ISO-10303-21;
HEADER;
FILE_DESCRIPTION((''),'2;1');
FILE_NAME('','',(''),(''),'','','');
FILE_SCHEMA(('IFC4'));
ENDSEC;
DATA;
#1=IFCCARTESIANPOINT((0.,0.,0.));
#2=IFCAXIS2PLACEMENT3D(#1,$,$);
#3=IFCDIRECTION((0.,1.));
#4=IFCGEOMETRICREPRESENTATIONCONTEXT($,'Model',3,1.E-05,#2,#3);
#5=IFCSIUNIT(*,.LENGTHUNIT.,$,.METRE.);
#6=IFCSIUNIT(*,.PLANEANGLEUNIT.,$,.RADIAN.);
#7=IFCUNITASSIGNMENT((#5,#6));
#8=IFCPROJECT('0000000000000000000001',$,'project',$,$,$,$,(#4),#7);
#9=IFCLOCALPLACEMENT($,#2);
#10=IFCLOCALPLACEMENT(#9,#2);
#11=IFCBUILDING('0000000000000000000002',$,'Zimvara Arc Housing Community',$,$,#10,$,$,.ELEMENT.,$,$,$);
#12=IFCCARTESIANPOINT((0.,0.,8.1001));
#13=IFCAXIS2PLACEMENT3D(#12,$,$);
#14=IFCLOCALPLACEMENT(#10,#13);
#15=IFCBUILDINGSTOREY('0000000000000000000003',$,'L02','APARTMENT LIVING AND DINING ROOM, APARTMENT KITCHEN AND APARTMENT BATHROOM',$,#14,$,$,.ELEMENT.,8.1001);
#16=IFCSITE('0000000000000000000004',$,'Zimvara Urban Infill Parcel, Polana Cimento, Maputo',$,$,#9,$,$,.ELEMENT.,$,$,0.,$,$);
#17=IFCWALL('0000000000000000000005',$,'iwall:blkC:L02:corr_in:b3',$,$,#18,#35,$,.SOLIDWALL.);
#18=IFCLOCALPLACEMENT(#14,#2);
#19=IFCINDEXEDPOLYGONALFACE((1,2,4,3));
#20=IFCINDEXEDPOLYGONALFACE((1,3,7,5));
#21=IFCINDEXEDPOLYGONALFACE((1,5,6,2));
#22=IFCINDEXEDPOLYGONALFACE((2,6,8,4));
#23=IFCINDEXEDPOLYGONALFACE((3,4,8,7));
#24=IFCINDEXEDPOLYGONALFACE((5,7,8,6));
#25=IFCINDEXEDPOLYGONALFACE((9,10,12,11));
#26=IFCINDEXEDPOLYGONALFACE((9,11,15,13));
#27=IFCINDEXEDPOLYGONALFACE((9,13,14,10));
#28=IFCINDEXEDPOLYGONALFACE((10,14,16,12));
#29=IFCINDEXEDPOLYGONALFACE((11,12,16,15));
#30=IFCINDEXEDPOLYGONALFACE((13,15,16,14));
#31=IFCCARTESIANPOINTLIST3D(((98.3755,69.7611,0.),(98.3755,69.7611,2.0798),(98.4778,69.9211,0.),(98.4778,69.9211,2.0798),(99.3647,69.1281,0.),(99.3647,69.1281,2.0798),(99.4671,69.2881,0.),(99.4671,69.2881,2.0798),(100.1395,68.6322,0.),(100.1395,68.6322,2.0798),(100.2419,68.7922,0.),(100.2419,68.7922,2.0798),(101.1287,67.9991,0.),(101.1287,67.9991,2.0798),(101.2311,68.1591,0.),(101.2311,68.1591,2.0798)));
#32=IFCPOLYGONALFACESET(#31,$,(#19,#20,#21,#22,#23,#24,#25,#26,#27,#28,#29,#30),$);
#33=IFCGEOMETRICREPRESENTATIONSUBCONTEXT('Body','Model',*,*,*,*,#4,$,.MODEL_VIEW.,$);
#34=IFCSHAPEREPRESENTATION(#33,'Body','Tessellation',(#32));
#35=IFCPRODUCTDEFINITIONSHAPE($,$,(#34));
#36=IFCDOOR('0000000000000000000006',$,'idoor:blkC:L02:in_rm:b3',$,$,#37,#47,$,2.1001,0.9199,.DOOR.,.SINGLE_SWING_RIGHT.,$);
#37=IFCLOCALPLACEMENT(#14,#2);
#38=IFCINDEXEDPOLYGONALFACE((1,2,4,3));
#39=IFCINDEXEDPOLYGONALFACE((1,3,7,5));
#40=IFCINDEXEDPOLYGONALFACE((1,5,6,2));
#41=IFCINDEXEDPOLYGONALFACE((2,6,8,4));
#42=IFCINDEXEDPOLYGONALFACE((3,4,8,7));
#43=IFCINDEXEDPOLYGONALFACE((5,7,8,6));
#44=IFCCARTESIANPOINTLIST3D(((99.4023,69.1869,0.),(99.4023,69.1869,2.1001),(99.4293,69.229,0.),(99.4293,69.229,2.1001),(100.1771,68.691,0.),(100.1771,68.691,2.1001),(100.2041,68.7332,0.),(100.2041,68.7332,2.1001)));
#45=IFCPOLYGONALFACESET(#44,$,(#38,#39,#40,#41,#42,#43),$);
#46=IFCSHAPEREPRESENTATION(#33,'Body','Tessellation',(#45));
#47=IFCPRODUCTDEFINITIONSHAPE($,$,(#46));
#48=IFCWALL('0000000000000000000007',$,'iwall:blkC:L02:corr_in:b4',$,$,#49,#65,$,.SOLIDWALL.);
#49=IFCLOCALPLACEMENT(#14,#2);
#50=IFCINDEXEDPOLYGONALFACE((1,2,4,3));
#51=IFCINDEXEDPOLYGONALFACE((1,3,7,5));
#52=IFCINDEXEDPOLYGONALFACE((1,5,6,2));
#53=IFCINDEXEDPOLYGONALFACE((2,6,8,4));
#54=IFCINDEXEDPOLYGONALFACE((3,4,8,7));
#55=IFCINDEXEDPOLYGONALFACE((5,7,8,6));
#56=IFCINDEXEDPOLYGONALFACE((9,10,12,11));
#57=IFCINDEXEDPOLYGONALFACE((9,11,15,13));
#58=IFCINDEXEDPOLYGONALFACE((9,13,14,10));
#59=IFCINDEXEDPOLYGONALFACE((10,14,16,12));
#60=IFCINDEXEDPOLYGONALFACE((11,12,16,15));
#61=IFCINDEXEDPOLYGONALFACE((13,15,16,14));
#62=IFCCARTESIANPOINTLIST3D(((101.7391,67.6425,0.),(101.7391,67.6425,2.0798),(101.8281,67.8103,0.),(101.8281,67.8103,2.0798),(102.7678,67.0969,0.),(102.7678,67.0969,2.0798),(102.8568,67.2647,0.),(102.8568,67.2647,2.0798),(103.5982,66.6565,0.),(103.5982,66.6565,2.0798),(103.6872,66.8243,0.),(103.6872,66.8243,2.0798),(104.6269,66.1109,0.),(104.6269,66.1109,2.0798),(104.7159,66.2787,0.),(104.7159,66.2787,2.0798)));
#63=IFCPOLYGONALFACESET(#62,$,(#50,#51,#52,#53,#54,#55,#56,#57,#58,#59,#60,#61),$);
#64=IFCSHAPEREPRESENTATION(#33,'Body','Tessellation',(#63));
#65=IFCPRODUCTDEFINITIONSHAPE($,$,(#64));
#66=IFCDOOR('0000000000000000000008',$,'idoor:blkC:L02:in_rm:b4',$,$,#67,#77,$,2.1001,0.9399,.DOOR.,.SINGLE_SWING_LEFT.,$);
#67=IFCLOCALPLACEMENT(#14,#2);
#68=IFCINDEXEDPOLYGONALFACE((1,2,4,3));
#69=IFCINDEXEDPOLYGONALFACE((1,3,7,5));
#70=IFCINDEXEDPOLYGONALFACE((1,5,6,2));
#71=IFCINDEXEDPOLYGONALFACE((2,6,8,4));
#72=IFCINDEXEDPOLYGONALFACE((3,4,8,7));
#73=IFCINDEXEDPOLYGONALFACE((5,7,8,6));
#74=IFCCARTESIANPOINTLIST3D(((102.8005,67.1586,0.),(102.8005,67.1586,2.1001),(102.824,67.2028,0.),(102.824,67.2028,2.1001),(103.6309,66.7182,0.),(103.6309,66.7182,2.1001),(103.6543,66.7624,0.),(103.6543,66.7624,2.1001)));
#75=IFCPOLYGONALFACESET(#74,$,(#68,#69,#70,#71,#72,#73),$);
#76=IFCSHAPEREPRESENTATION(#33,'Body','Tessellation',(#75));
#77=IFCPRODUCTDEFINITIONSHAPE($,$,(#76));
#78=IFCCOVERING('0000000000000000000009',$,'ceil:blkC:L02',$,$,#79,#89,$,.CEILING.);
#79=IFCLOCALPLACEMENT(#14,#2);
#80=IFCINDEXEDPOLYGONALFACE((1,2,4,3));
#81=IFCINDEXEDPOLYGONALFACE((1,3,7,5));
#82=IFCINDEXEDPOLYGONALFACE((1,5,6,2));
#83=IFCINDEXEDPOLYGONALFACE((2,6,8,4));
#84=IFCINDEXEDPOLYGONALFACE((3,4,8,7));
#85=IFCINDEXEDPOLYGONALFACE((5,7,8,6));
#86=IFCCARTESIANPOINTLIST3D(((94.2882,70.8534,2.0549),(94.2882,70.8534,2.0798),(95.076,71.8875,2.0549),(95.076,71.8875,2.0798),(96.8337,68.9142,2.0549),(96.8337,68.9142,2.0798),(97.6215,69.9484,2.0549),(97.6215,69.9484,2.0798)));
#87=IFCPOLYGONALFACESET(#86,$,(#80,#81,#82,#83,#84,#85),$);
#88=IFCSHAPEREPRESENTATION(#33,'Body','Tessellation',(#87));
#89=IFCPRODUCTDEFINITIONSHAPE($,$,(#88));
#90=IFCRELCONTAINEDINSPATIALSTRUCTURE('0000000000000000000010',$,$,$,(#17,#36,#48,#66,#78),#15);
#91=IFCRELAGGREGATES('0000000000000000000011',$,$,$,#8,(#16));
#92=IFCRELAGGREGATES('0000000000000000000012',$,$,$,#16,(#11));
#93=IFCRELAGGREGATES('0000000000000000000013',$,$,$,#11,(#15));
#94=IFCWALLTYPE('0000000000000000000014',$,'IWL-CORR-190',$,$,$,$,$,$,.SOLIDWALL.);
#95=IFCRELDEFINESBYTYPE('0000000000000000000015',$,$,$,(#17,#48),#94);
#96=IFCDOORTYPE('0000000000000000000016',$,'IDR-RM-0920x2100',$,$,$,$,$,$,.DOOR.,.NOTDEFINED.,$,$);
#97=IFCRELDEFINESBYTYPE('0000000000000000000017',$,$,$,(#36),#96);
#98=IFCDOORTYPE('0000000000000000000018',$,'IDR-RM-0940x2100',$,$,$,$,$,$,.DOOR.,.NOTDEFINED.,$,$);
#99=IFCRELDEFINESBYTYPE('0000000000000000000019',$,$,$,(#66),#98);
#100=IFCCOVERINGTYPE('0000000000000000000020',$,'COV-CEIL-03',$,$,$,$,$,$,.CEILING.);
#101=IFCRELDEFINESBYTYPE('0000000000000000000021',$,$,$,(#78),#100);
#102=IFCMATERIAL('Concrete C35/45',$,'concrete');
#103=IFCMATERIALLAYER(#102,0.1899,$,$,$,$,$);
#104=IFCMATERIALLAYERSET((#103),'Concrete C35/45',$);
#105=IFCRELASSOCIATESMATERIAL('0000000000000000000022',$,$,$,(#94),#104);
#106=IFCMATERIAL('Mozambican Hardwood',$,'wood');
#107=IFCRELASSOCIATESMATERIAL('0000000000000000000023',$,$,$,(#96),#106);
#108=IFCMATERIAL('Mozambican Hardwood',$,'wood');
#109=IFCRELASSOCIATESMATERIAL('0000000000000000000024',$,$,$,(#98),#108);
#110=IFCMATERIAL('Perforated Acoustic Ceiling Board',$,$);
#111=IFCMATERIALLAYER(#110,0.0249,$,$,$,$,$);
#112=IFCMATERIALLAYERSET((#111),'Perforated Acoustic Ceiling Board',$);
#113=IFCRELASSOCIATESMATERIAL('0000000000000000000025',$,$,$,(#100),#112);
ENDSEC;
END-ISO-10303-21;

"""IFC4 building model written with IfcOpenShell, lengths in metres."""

from ifc_helpers import new_model, si_unit, direction, frame, frame_2d, origin, origin_2d, place, context, subcontext, project, spatial, rectangle, extrude, material, layer, layer_set, type_object, element, fill, save


model = new_model("IFC4")

# Units and contexts
model_context = context("Model", 3, precision=1e-05, world=origin(), true_north=direction((0.0, 1.0)))
body_context = subcontext(model_context, "Body", "Model", "MODEL_VIEW")
ifc_project = project(units=[si_unit("LENGTHUNIT", "METRE"), si_unit("PLANEANGLEUNIT", "RADIAN")], contexts=[model_context])

# Site, building, storey
site_placement = place(None, origin())
site = spatial("IfcSite", under=ifc_project, at=site_placement, Name="Zimvara Urban Infill Parcel, Polana Cimento, Maputo", CompositionType="ELEMENT", RefElevation=0.0)
building_placement = place(site_placement, origin())
building = spatial("IfcBuilding", under=site, at=building_placement, Name="Zimvara Arc Housing Community", CompositionType="ELEMENT")
storey_placement = place(building_placement, frame((0.0, 0.0, 8.1001)))
storey = spatial("IfcBuildingStorey", under=building, at=storey_placement, Name="L02", Description="APARTMENT LIVING AND DINING ROOM, APARTMENT KITCHEN AND APARTMENT BATHROOM", CompositionType="ELEMENT", Elevation=8.1001)

# Walls, openings, doors
ifc_material_1 = material(Name="Concrete C35/45", Category="concrete")
ifc_layer_1 = layer(ifc_material_1, 0.1899)
ifc_layer_set_1 = layer_set([ifc_layer_1], Name="Concrete C35/45")
wall_type_1 = type_object("IfcWallType", Name="IWL-CORR-190", PredefinedType="SOLIDWALL", material=ifc_layer_set_1)
wall_1_placement = place(storey_placement, frame((98.4268, 69.8411, 0.0), z_axis=(0.0, 0.0, 1.0), x_axis=(0.842281, -0.539039, 0.0)))
wall_1 = element("IfcWall", 1, at=wall_1_placement, inside=storey, type_object=wall_type_1, Name="iwall:blkC:L02:corr_in:b3", PredefinedType="SOLIDWALL", context=body_context, shape_type="SweptSolid", body=[
    extrude(rectangle(XDim=3.2688, YDim=0.1899, at=frame_2d((1.6343, 0.0))), origin(), (0.0, 0.0, 1.0), 2.0798),
])
opening_1_placement = place(wall_1_placement, frame((1.1743, 0.0, 0.0)))
opening_1 = element("IfcOpeningElement", 2, at=opening_1_placement, cuts=wall_1, PredefinedType="OPENING", context=body_context, shape_type="SweptSolid", body=[
    extrude(rectangle(XDim=0.9199, YDim=2.1001, at=frame_2d((0.46, 1.05))), frame((0.0, 0.105, 0.0), z_axis=(0.0, -1.0, 0.0), x_axis=(1.0, 0.0, 0.0)), (0.0, 0.0, 1.0), 0.21),
])
ifc_material_2 = material(Name="Mozambican Hardwood", Category="wood")
door_type_1 = type_object("IfcDoorType", Name="IDR-RM-0920x2100", OperationType="NOTDEFINED", PredefinedType="DOOR", material=ifc_material_2)
door_1_placement = place(opening_1_placement, origin())
door_1 = element("IfcDoor", 3, at=door_1_placement, inside=storey, type_object=door_type_1, Name="idoor:blkC:L02:in_rm:b3", OperationType="SINGLE_SWING_RIGHT", OverallHeight=2.1001, OverallWidth=0.9199, PredefinedType="DOOR", context=body_context, shape_type="SweptSolid", body=[
    extrude(rectangle(XDim=0.9199, YDim=2.1001, at=frame_2d((0.46, 1.05))), frame((0.0, 0.0249, 0.0), z_axis=(0.0, -1.0, 0.0), x_axis=(1.0, 0.0, 0.0)), (0.0, 0.0, 1.0), 0.05),
])
fill(opening_1, door_1)
wall_2_placement = place(storey_placement, frame((101.7837, 67.7263, 0.0), z_axis=(0.0, 0.0, 1.0), x_axis=(0.883444, -0.468536, 0.0)))
wall_2 = element("IfcWall", 4, at=wall_2_placement, inside=storey, type_object=wall_type_1, Name="iwall:blkC:L02:corr_in:b4", PredefinedType="SOLIDWALL", context=body_context, shape_type="SweptSolid", body=[
    extrude(rectangle(XDim=3.2688, YDim=0.1899, at=frame_2d((1.6343, 0.0))), origin(), (0.0, 0.0, 1.0), 2.0798),
])
opening_2_placement = place(wall_2_placement, frame((1.1643, 0.0, 0.0)))
opening_2 = element("IfcOpeningElement", 5, at=opening_2_placement, cuts=wall_2, PredefinedType="OPENING", context=body_context, shape_type="SweptSolid", body=[
    extrude(rectangle(XDim=0.9399, YDim=2.1001, at=frame_2d((0.47, 1.05))), frame((0.0, 0.105, 0.0), z_axis=(0.0, -1.0, 0.0), x_axis=(1.0, 0.0, 0.0)), (0.0, 0.0, 1.0), 0.21),
])
ifc_material_3 = material(Name="Mozambican Hardwood", Category="wood")
door_type_2 = type_object("IfcDoorType", Name="IDR-RM-0940x2100", OperationType="NOTDEFINED", PredefinedType="DOOR", material=ifc_material_3)
door_2_placement = place(opening_2_placement, origin())
door_2 = element("IfcDoor", 6, at=door_2_placement, inside=storey, type_object=door_type_2, Name="idoor:blkC:L02:in_rm:b4", OperationType="SINGLE_SWING_LEFT", OverallHeight=2.1001, OverallWidth=0.9399, PredefinedType="DOOR", context=body_context, shape_type="SweptSolid", body=[
    extrude(rectangle(XDim=0.9399, YDim=2.1001, at=frame_2d((0.47, 1.05))), frame((0.0, 0.0249, 0.0), z_axis=(0.0, -1.0, 0.0), x_axis=(1.0, 0.0, 0.0)), (0.0, 0.0, 1.0), 0.05),
])
fill(opening_2, door_2)

# Covering
ifc_material_4 = material(Name="Perforated Acoustic Ceiling Board")
ifc_layer_2 = layer(ifc_material_4, 0.0249)
ifc_layer_set_2 = layer_set([ifc_layer_2], Name="Perforated Acoustic Ceiling Board")
covering_type = type_object("IfcCoveringType", Name="COV-CEIL-03", PredefinedType="CEILING", material=ifc_layer_set_2)
covering_placement = place(storey_placement, frame((95.9548, 70.4009, 2.0549), z_axis=(0.0, 0.0, 1.0), x_axis=(-0.605988, -0.795473, 0.0)))
element("IfcCovering", 7, at=covering_placement, inside=storey, type_object=covering_type, Name="ceil:blkC:L02", PredefinedType="CEILING", context=body_context, shape_type="SweptSolid", body=[
    extrude(rectangle(XDim=1.3, YDim=3.2, at=origin_2d()), origin(), (0.0, 0.0, 1.0), 0.0249),
])

save(model, "model.ifc")
